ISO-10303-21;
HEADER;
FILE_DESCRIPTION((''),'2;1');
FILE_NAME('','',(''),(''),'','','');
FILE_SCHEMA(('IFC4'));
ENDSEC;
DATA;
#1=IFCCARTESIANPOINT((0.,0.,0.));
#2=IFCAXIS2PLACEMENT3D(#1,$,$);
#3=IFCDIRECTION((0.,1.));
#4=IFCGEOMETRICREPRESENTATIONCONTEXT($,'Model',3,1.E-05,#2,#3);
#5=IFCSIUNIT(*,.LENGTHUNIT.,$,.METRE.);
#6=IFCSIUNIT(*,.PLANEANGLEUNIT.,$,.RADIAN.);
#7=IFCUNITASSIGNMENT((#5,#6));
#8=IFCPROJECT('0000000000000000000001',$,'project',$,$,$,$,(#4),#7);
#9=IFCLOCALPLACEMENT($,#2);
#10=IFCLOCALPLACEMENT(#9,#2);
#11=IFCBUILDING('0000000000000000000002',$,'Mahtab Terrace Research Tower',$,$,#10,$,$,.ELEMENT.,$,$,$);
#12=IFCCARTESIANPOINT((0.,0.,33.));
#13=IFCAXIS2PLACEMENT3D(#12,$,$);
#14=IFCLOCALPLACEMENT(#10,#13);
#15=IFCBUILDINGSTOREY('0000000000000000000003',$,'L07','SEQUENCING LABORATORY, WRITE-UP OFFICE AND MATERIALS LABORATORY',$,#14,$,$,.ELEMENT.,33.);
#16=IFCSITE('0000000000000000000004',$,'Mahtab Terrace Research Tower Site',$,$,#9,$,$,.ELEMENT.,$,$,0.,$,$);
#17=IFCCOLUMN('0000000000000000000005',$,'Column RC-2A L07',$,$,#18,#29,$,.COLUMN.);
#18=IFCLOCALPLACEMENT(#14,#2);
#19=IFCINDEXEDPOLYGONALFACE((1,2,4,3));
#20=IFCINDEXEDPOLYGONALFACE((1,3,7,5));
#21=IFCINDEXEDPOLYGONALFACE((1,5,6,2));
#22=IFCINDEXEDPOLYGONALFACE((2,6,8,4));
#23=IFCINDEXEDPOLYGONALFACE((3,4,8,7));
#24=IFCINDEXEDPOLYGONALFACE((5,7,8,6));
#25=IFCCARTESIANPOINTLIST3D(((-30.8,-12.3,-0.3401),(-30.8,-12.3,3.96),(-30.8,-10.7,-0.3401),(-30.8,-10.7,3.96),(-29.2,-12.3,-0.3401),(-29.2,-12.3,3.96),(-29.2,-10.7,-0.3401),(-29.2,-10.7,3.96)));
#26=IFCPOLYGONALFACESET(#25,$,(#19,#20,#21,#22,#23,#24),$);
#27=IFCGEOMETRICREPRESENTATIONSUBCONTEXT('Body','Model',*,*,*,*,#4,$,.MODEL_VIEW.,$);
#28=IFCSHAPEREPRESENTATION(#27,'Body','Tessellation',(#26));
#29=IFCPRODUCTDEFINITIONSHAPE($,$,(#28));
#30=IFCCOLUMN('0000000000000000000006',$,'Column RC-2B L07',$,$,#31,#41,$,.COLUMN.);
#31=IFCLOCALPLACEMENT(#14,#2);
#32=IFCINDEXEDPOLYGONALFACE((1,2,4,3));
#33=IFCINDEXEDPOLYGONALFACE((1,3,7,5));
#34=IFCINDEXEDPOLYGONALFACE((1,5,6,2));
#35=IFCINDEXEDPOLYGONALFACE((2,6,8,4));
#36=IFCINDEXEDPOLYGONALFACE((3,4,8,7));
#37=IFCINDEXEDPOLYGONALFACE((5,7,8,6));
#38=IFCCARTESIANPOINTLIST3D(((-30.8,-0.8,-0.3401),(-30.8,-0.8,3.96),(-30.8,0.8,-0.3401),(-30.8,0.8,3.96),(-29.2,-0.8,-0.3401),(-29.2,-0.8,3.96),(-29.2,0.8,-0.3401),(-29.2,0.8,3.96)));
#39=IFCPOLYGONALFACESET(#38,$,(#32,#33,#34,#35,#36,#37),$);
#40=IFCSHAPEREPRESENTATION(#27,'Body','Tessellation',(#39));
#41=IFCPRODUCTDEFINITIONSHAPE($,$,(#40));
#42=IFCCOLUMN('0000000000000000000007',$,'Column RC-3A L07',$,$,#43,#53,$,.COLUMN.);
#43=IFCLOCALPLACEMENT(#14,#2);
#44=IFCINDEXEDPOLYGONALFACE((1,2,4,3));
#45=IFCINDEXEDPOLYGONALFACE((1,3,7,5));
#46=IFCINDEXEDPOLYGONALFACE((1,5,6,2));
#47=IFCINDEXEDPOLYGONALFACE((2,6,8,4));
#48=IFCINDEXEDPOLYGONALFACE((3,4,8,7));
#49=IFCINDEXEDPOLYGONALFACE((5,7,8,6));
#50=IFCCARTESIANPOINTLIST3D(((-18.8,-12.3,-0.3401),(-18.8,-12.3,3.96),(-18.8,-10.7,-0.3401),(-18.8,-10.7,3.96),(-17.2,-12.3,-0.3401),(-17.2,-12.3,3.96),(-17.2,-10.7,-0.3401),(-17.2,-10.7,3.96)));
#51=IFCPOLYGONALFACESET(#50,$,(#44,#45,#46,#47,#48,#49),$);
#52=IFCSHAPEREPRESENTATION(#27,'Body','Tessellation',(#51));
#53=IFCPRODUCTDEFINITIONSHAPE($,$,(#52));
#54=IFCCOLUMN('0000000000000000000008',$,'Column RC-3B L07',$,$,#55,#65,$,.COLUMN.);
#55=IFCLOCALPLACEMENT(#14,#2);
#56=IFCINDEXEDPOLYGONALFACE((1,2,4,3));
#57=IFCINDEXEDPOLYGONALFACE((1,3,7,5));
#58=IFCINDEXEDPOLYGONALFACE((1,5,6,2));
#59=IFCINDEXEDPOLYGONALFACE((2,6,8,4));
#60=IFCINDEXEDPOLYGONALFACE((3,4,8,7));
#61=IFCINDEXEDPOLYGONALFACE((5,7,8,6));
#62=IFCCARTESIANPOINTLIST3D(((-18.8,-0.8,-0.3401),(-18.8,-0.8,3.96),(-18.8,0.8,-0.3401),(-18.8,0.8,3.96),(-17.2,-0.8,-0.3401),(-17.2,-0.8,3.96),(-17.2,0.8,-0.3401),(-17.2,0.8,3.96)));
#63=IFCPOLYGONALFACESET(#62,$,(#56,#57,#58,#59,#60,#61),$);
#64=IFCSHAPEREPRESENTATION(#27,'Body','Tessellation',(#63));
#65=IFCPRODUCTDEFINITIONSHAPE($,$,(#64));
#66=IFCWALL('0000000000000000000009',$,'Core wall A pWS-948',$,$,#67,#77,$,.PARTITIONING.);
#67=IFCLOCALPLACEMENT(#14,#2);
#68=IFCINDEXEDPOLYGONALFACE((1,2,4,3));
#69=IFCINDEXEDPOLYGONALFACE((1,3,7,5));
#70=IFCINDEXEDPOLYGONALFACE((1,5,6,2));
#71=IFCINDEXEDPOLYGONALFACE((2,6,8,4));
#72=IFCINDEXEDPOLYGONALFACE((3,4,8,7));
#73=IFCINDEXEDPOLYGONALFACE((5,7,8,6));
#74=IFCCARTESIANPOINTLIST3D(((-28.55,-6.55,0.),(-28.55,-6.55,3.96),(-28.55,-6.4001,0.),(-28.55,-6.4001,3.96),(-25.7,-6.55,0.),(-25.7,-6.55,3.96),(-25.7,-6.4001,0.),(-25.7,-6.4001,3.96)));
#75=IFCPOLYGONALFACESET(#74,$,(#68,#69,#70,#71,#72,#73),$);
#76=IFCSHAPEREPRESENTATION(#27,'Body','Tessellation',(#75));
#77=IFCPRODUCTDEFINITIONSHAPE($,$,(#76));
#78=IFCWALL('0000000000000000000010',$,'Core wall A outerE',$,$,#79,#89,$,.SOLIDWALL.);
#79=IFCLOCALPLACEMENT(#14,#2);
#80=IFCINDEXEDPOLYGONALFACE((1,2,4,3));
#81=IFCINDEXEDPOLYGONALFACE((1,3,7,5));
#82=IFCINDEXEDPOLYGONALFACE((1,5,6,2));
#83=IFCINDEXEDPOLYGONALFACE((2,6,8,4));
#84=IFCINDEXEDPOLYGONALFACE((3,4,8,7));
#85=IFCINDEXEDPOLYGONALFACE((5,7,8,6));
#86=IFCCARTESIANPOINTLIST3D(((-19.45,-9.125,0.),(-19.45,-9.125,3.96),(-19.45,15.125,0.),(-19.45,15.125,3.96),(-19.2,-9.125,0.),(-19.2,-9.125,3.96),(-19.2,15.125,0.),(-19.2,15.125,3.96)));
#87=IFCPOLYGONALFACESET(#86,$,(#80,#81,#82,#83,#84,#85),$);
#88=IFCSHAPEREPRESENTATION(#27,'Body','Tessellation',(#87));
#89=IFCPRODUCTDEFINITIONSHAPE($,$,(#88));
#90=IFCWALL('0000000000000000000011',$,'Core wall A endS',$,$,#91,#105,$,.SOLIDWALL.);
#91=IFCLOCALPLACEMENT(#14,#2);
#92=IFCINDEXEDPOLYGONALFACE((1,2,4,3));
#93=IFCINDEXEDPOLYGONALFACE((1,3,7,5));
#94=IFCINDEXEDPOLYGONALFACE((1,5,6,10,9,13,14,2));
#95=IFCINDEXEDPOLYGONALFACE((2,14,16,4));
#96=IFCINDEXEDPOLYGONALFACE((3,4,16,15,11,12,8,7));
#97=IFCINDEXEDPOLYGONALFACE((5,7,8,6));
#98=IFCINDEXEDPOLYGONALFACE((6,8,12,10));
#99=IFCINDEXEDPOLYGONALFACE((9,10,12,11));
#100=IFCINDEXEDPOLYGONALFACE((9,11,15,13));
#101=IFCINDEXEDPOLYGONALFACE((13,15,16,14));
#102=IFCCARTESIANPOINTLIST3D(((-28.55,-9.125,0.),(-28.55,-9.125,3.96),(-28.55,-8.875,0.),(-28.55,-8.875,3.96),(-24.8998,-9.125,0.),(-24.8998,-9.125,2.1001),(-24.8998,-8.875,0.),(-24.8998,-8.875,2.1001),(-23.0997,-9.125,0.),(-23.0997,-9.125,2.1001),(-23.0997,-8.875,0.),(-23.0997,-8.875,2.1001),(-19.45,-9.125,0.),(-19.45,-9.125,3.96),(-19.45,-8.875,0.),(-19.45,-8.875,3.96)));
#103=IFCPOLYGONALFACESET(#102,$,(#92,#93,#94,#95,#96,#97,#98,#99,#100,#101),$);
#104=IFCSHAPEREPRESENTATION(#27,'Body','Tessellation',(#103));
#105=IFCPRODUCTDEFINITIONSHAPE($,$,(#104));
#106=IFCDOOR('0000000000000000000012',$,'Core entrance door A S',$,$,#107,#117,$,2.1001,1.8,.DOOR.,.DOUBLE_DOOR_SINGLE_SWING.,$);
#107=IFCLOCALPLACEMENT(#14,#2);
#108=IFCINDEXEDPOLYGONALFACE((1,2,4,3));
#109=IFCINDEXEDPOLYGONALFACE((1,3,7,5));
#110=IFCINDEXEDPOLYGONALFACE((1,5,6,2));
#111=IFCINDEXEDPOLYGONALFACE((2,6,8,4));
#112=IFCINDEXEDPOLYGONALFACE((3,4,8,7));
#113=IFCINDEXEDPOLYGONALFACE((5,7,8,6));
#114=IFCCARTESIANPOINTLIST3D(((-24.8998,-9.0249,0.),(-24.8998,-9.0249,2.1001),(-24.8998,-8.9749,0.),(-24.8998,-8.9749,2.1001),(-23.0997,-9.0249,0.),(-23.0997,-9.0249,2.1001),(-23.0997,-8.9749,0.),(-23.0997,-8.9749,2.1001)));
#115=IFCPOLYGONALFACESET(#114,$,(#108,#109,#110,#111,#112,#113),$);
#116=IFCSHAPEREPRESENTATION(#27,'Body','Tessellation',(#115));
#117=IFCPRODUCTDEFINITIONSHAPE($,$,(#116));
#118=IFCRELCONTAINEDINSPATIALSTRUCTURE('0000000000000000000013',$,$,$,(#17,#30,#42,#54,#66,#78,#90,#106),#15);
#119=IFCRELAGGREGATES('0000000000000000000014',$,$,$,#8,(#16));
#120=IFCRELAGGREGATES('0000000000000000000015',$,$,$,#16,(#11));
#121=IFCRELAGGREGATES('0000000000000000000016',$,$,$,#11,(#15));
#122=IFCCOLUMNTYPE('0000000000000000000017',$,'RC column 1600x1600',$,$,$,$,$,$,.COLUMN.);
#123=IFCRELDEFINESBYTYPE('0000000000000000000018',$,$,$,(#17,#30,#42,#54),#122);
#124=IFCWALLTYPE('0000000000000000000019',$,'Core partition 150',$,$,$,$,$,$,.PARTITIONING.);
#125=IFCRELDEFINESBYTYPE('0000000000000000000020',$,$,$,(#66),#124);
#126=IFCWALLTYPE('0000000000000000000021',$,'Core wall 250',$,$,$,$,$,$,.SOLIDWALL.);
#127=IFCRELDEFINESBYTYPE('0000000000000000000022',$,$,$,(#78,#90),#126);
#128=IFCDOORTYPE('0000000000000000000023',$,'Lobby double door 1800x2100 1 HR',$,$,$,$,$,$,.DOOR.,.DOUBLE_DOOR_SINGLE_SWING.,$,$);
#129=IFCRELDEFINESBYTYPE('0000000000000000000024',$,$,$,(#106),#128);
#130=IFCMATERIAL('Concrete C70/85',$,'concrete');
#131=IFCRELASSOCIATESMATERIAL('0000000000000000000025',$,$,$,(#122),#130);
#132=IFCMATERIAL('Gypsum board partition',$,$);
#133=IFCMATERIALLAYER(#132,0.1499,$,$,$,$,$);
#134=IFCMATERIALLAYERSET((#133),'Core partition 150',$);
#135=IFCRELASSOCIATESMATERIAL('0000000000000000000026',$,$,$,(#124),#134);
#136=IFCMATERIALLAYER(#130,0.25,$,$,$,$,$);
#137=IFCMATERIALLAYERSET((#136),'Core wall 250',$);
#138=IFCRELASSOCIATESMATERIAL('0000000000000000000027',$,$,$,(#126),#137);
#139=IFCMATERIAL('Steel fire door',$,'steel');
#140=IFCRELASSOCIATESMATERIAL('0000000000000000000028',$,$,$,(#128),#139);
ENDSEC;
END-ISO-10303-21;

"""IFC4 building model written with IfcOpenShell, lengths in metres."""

from ifc_helpers import new_model, si_unit, direction, frame, frame_2d, origin, origin_2d, place, context, subcontext, project, spatial, rectangle, extrude, material, layer, layer_set, material_profile, profile_set, type_object, element, fill, save


model = new_model("IFC4")

# Units and contexts
model_context = context("Model", 3, precision=1e-05, world=origin(), true_north=direction((0.0, 1.0)))
body_context = subcontext(model_context, "Body", "Model", "MODEL_VIEW")
ifc_project = project(units=[si_unit("LENGTHUNIT", "METRE"), si_unit("PLANEANGLEUNIT", "RADIAN")], contexts=[model_context])

# Site, building, storey
site_placement = place(None, origin())
site = spatial("IfcSite", under=ifc_project, at=site_placement, Name="Mahtab Terrace Research Tower Site", CompositionType="ELEMENT", RefElevation=0.0)
building_placement = place(site_placement, origin())
building = spatial("IfcBuilding", under=site, at=building_placement, Name="Mahtab Terrace Research Tower", CompositionType="ELEMENT")
storey_placement = place(building_placement, frame((0.0, 0.0, 33.0)))
storey = spatial("IfcBuildingStorey", under=building, at=storey_placement, Name="L07", Description="SEQUENCING LABORATORY, WRITE-UP OFFICE AND MATERIALS LABORATORY", CompositionType="ELEMENT", Elevation=33.0)

# Columns
ifc_material_1 = material(Name="Concrete C70/85", Category="concrete")
ifc_material_profile = material_profile(ifc_material_1, rectangle(XDim=1.6001, YDim=1.6001, at=origin_2d()), Name="RC column 1600x1600")
ifc_profile_set = profile_set([ifc_material_profile], Name="Concrete C70/85")
column_type = type_object("IfcColumnType", Name="RC column 1600x1600", PredefinedType="COLUMN", material=ifc_profile_set)
for number, where, z_axis, x_axis, name in (
    (1, (-30.0, -11.5, -0.3401), (0.0, 0.0, 1.0), (1.0, 0.0, 0.0), "Column RC-2A L07"),
    (2, (-30.0, 0.0, -0.3401), (0.0, 0.0, 1.0), (1.0, 0.0, 0.0), "Column RC-2B L07"),
    (3, (-18.0, -11.5, -0.3401), (0.0, 0.0, 1.0), (1.0, 0.0, 0.0), "Column RC-3A L07"),
    (4, (-18.0, 0.0, -0.3401), (0.0, 0.0, 1.0), (1.0, 0.0, 0.0), "Column RC-3B L07"),
):
    element("IfcColumn", number, at=place(storey_placement, frame(where, z_axis=z_axis, x_axis=x_axis)), inside=storey, type_object=column_type, Name=name, PredefinedType="COLUMN", context=body_context, shape_type="SweptSolid", body=[
        extrude(rectangle(XDim=1.6001, YDim=1.6001, at=origin_2d()), origin(), (0.0, 0.0, 1.0), 4.3),
    ])

# Walls
ifc_material_2 = material(Name="Gypsum board partition")
ifc_layer_1 = layer(ifc_material_2, 0.1499)
ifc_layer_set_1 = layer_set([ifc_layer_1], Name="Core partition 150")
wall_type_1 = type_object("IfcWallType", Name="Core partition 150", PredefinedType="PARTITIONING", material=ifc_layer_set_1)
wall_1_placement = place(storey_placement, frame((-28.55, -6.4751, 0.0), z_axis=(0.0, 0.0, 1.0), x_axis=(1.0, 0.0, 0.0)))
element("IfcWall", 5, at=wall_1_placement, inside=storey, type_object=wall_type_1, Name="Core wall A pWS-948", PredefinedType="PARTITIONING", context=body_context, shape_type="SweptSolid", body=[
    extrude(rectangle(XDim=2.8501, YDim=0.1499, at=frame_2d((1.425, 0.0))), origin(), (0.0, 0.0, 1.0), 3.96),
])
ifc_layer_2 = layer(ifc_material_1, 0.25)
ifc_layer_set_2 = layer_set([ifc_layer_2], Name="Core wall 250")
wall_type_2 = type_object("IfcWallType", Name="Core wall 250", PredefinedType="SOLIDWALL", material=ifc_layer_set_2)
wall_2_placement = place(storey_placement, frame((-19.325, -9.125, 0.0), z_axis=(0.0, 0.0, 1.0), x_axis=(0.0, 1.0, 0.0)))
element("IfcWall", 6, at=wall_2_placement, inside=storey, type_object=wall_type_2, Name="Core wall A outerE", PredefinedType="SOLIDWALL", context=body_context, shape_type="SweptSolid", body=[
    extrude(rectangle(XDim=24.25, YDim=0.25, at=frame_2d((12.125, 0.0))), origin(), (0.0, 0.0, 1.0), 3.96),
])

# Wall, opening, door
wall_3_placement = place(storey_placement, frame((-19.45, -9.0, 0.0), z_axis=(0.0, 0.0, 1.0), x_axis=(-1.0, 0.0, 0.0)))
wall_3 = element("IfcWall", 7, at=wall_3_placement, inside=storey, type_object=wall_type_2, Name="Core wall A endS", PredefinedType="SOLIDWALL", context=body_context, shape_type="SweptSolid", body=[
    extrude(rectangle(XDim=9.1001, YDim=0.25, at=frame_2d((4.55, 0.0))), origin(), (0.0, 0.0, 1.0), 3.96),
])
opening_1_placement = place(wall_3_placement, frame((3.6499, 0.0, 0.0)))
opening_1 = element("IfcOpeningElement", 8, at=opening_1_placement, cuts=wall_3, PredefinedType="OPENING", context=body_context, shape_type="SweptSolid", body=[
    extrude(rectangle(XDim=1.8, YDim=2.1001, at=frame_2d((0.8999, 1.05))), frame((0.0, 0.135, 0.0), z_axis=(0.0, -1.0, 0.0), x_axis=(1.0, 0.0, 0.0)), (0.0, 0.0, 1.0), 0.27),
])
ifc_material_3 = material(Name="Steel fire door", Category="steel")
door_type_1 = type_object("IfcDoorType", Name="Lobby double door 1800x2100 1 HR", OperationType="DOUBLE_DOOR_SINGLE_SWING", PredefinedType="DOOR", material=ifc_material_3)
door_1_placement = place(opening_1_placement, origin())
door_1 = element("IfcDoor", 9, at=door_1_placement, inside=storey, type_object=door_type_1, Name="Core entrance door A S", OperationType="DOUBLE_DOOR_SINGLE_SWING", OverallHeight=2.1001, OverallWidth=1.8, PredefinedType="DOOR", context=body_context, shape_type="SweptSolid", body=[
    extrude(rectangle(XDim=1.8, YDim=2.1001, at=frame_2d((0.8999, 1.05))), frame((0.0, 0.0249, 0.0), z_axis=(0.0, -1.0, 0.0), x_axis=(1.0, 0.0, 0.0)), (0.0, 0.0, 1.0), 0.05),
])
fill(opening_1, door_1)

save(model, "model.ifc")
